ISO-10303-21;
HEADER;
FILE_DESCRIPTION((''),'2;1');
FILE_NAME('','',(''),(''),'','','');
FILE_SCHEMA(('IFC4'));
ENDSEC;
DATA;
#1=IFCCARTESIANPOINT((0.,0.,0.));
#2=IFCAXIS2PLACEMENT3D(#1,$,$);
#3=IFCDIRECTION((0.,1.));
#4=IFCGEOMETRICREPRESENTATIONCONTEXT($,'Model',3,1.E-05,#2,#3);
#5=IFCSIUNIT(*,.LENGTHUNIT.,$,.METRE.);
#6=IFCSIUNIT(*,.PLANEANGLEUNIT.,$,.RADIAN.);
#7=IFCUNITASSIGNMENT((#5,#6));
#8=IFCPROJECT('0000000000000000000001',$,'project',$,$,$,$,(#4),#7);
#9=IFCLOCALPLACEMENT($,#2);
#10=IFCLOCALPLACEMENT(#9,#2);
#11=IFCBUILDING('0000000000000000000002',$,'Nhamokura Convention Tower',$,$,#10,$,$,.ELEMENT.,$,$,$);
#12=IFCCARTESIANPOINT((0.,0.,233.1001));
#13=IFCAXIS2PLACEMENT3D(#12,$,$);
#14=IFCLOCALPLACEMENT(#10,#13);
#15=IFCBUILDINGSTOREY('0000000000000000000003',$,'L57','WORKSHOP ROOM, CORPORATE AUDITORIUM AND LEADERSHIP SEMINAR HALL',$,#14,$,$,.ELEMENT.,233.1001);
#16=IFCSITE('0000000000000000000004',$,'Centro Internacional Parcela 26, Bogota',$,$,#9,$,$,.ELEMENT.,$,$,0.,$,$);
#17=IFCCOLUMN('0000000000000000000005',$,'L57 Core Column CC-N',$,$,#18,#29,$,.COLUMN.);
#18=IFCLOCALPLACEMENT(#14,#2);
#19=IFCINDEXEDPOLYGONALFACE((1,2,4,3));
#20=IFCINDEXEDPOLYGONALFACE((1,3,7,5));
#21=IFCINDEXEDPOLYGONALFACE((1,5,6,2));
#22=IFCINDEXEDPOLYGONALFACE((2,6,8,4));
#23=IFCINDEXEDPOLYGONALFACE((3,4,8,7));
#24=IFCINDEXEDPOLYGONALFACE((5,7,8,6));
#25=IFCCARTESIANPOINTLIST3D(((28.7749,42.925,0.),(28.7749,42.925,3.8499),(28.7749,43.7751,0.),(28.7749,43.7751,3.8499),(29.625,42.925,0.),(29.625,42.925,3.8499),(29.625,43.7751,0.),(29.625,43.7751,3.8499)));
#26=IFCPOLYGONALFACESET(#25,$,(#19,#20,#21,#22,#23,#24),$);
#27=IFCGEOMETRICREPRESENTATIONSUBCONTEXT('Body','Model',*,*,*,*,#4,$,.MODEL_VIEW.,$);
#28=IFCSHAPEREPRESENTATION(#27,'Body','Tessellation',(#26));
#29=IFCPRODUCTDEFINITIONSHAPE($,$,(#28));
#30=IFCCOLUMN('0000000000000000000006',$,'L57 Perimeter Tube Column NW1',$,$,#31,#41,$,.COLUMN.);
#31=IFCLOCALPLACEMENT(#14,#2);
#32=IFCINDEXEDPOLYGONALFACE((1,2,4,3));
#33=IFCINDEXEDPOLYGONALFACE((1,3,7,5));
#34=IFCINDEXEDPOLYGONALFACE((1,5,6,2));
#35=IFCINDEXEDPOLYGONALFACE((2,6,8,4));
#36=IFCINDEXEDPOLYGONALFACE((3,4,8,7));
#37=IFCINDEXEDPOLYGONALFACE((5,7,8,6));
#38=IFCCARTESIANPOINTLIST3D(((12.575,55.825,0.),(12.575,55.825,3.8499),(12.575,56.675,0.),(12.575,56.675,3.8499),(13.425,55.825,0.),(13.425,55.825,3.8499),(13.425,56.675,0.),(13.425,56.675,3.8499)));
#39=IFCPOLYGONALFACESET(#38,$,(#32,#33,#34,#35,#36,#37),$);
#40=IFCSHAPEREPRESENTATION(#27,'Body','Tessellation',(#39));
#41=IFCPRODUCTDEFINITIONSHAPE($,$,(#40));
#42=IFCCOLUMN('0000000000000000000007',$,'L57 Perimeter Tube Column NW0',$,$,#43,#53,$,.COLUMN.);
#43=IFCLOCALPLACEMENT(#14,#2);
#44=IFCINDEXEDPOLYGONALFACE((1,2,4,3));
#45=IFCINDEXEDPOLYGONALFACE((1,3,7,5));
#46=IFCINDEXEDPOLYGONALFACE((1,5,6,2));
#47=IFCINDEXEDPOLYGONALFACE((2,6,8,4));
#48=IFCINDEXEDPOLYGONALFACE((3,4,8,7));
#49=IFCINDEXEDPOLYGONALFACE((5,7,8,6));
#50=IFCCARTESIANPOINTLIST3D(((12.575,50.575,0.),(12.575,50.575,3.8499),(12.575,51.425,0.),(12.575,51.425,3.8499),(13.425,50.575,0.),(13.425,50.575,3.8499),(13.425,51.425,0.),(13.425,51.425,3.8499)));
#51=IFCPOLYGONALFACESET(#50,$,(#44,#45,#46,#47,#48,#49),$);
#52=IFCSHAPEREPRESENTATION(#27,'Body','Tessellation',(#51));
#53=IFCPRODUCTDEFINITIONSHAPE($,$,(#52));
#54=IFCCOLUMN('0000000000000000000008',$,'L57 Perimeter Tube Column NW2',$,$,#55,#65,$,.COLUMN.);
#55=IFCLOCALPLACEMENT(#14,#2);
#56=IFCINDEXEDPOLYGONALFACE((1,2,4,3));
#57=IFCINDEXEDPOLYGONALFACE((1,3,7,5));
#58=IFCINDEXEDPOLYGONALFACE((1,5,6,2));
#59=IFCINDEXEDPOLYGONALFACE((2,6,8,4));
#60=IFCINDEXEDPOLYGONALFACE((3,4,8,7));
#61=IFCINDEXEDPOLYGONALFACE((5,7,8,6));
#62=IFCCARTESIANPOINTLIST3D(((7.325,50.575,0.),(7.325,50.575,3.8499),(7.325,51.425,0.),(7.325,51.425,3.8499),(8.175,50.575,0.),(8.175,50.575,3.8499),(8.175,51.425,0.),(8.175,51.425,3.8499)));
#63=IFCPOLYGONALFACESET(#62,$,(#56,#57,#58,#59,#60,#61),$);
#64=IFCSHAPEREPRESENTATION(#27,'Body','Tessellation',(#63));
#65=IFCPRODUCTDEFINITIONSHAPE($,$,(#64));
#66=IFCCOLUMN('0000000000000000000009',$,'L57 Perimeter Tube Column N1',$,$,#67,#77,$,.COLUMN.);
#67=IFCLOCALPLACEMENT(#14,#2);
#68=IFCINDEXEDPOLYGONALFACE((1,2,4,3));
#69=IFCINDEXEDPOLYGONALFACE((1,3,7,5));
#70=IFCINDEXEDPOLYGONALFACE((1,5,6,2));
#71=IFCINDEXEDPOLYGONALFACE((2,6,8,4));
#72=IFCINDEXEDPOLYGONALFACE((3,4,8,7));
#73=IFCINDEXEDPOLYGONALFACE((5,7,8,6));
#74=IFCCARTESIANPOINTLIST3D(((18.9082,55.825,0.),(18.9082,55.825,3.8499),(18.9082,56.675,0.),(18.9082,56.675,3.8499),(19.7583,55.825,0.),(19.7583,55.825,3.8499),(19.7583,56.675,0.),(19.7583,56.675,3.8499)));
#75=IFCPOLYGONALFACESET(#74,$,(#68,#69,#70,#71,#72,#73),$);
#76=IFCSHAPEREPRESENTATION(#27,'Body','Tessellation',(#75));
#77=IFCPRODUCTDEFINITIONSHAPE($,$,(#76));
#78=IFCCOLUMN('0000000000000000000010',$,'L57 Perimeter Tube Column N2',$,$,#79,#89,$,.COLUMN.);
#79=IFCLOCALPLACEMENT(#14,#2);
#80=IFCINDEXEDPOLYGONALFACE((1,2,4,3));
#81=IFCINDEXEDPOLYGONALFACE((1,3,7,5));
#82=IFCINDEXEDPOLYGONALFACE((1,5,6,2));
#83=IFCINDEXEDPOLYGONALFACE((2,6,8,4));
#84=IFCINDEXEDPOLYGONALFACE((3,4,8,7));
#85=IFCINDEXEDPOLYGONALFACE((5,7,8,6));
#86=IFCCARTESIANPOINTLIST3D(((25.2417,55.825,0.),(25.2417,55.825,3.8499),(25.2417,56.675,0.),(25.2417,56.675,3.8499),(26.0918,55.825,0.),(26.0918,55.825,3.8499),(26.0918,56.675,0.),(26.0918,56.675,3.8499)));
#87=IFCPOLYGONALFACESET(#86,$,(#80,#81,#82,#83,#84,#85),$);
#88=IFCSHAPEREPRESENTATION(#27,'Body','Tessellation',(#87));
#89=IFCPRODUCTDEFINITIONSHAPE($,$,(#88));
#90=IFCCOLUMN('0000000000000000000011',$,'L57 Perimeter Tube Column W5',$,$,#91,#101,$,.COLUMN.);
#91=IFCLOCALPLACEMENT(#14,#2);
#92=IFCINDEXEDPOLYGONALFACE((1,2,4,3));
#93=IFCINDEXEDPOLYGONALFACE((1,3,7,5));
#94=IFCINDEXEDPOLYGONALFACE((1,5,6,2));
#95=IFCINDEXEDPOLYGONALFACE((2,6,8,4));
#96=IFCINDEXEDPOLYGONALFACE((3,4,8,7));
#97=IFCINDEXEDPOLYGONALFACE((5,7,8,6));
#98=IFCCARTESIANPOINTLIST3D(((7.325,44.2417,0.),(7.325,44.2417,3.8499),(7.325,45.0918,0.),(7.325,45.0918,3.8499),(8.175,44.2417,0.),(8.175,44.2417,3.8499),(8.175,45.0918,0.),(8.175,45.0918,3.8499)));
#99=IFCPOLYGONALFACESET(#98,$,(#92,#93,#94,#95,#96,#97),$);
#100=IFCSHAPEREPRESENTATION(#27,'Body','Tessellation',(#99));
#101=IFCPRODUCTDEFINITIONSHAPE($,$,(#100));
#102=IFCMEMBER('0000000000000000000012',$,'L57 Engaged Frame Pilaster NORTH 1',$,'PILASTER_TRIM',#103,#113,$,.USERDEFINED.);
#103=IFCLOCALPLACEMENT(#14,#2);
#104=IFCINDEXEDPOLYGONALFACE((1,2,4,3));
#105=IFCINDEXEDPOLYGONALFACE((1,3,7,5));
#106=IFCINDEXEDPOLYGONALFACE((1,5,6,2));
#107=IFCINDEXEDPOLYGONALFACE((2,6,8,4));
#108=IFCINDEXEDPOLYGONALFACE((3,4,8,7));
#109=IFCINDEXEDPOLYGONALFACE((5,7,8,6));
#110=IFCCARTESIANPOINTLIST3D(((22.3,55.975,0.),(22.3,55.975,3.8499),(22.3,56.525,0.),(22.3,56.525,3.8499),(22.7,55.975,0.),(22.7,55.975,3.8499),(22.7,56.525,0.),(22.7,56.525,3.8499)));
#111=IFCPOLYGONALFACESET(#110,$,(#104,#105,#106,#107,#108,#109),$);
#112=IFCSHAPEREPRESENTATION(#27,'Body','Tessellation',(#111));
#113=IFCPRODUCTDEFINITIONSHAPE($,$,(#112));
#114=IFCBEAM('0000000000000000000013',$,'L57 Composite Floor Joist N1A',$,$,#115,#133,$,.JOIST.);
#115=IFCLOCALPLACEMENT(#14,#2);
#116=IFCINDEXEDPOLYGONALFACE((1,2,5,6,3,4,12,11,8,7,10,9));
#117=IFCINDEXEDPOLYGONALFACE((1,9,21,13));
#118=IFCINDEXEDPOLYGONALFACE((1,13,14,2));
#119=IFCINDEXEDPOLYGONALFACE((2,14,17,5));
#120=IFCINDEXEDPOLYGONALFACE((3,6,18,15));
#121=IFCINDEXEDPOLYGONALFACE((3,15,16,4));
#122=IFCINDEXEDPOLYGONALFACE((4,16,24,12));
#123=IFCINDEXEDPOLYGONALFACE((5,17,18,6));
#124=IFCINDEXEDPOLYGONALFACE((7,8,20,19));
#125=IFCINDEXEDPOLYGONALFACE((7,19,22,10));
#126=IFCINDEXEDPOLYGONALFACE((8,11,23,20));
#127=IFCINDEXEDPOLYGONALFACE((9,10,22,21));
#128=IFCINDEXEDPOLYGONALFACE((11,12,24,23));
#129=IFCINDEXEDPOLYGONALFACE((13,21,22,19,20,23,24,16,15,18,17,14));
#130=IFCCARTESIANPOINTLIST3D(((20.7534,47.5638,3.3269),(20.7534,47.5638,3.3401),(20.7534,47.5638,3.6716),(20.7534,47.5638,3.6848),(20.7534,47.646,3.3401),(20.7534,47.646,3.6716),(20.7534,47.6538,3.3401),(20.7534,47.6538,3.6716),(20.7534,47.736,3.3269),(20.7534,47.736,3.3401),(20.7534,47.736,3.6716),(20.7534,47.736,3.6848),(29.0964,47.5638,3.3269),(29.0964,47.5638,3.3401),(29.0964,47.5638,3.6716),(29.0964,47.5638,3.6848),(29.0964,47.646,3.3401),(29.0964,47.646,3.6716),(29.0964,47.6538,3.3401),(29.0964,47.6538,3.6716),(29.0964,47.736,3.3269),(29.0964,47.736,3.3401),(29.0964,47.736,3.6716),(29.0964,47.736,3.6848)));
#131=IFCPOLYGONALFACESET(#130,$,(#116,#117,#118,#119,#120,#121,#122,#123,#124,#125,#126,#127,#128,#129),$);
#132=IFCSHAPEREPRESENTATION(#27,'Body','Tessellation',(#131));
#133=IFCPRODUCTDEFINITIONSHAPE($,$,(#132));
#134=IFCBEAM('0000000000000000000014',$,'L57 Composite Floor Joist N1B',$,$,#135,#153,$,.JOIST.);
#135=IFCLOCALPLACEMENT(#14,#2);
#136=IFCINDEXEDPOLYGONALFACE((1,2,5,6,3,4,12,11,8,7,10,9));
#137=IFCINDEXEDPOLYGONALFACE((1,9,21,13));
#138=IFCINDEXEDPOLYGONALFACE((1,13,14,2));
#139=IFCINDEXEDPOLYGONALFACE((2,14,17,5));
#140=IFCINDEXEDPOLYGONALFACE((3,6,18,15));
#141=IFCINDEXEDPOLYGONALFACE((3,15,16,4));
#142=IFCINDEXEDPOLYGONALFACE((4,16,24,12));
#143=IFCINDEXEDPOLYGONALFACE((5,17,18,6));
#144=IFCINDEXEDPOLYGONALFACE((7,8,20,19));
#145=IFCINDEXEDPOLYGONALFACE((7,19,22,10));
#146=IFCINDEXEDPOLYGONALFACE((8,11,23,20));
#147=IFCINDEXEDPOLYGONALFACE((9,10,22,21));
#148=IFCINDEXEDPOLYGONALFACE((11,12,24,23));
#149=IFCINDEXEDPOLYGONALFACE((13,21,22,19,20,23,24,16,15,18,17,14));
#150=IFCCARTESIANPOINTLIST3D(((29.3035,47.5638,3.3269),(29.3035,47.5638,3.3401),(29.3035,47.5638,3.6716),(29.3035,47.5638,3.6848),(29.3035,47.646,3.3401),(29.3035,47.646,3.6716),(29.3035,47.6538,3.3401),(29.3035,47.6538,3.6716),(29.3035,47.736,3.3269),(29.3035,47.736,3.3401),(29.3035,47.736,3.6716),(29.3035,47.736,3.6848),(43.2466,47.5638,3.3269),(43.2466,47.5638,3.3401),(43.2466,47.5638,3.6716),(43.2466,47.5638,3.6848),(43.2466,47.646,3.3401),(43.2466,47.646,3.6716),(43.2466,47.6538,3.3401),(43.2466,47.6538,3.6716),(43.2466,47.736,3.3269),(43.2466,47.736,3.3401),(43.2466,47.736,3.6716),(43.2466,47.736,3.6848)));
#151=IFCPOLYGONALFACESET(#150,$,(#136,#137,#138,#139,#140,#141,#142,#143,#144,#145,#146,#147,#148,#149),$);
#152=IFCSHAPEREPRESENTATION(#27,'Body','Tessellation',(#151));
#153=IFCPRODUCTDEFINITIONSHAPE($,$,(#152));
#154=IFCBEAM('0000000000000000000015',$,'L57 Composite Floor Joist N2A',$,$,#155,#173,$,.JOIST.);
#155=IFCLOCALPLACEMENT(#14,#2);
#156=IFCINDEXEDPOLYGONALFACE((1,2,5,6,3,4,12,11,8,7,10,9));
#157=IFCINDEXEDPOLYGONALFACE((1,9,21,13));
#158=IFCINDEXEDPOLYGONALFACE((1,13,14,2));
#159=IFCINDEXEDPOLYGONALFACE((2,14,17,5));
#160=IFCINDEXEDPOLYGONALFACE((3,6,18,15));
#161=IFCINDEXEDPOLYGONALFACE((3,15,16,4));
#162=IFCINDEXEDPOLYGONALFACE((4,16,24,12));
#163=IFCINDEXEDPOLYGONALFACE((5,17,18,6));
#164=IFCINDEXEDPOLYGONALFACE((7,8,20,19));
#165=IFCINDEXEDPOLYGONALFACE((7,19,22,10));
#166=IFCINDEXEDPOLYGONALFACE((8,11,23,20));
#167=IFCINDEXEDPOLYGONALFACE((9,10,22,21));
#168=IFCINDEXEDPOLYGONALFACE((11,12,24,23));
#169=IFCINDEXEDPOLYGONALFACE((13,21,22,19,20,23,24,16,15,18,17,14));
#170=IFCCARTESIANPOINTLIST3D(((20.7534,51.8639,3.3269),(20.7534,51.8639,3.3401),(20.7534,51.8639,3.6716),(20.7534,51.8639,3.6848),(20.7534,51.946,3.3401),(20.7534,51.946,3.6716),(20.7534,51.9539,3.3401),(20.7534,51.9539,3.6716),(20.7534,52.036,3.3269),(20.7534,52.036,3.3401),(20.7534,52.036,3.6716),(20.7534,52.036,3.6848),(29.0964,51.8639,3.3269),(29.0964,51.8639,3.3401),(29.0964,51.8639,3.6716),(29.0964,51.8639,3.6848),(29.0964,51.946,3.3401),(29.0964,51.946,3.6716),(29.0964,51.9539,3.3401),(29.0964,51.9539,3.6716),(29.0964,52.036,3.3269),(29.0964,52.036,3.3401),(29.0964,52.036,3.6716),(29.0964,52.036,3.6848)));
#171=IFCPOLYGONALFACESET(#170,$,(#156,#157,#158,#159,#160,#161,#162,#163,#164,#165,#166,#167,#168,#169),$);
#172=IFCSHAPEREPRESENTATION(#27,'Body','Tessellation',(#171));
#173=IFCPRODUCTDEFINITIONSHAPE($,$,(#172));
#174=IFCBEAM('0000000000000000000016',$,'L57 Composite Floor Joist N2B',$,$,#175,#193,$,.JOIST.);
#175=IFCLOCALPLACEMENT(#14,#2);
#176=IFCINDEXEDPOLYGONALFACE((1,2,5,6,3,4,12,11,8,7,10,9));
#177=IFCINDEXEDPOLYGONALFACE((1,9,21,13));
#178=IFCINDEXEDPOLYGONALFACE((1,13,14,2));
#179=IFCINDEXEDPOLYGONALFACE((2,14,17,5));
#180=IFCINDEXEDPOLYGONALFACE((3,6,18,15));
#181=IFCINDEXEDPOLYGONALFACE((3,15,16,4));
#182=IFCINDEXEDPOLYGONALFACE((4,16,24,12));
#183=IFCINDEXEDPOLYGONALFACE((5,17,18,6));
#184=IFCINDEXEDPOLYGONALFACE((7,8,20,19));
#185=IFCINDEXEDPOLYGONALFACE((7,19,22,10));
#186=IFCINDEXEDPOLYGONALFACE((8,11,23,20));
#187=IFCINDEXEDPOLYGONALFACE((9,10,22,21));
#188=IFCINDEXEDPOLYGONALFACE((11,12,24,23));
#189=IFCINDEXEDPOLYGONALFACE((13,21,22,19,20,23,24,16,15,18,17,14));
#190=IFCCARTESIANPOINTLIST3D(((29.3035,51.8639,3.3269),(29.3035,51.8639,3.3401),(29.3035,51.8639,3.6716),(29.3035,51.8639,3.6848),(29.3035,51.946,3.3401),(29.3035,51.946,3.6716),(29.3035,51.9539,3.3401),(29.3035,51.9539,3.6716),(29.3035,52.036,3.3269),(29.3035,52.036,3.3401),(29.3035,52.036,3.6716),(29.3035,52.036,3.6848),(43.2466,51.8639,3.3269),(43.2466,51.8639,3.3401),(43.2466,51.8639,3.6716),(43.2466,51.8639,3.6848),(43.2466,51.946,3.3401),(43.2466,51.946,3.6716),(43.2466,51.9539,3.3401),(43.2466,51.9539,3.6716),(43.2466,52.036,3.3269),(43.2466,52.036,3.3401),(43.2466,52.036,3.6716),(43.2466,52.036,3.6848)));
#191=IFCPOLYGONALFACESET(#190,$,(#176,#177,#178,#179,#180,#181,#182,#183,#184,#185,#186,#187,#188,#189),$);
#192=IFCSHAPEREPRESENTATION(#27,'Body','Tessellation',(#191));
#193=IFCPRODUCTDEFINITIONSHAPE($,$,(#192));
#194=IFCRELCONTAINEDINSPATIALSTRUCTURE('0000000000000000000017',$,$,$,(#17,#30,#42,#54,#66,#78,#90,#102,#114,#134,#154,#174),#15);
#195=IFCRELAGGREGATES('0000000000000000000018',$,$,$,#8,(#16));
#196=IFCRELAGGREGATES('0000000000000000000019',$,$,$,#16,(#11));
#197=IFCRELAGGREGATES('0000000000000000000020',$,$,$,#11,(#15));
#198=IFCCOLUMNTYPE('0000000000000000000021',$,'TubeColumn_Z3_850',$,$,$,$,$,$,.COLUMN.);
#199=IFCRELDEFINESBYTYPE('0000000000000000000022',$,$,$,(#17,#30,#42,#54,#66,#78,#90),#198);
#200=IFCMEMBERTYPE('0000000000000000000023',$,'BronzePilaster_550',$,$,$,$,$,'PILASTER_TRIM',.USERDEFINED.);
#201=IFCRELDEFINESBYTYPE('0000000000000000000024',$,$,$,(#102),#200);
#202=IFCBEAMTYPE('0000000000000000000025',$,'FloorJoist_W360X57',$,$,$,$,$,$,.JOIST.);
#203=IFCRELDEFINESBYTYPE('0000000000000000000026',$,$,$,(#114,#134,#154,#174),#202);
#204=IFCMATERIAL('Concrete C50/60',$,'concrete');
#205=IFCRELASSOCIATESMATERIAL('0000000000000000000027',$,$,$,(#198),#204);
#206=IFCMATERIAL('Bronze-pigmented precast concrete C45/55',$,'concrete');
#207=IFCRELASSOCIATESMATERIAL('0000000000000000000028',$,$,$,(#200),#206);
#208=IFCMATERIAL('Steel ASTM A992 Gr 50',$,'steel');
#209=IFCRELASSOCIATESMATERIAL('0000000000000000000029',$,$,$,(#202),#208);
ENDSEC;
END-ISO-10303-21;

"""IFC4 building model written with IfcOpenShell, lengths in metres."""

from ifc_helpers import new_model, si_unit, direction, frame, origin, origin_2d, place, context, subcontext, project, spatial, rectangle, i_section, extrude, material, material_profile, profile_set, type_object, element, save


model = new_model("IFC4")

# Units and contexts
model_context = context("Model", 3, precision=1e-05, world=origin(), true_north=direction((0.0, 1.0)))
body_context = subcontext(model_context, "Body", "Model", "MODEL_VIEW")
ifc_project = project(units=[si_unit("LENGTHUNIT", "METRE"), si_unit("PLANEANGLEUNIT", "RADIAN")], contexts=[model_context])

# Site, building, storey
site_placement = place(None, origin())
site = spatial("IfcSite", under=ifc_project, at=site_placement, Name="Centro Internacional Parcela 26, Bogota", CompositionType="ELEMENT", RefElevation=0.0)
building_placement = place(site_placement, origin())
building = spatial("IfcBuilding", under=site, at=building_placement, Name="Nhamokura Convention Tower", CompositionType="ELEMENT")
storey_placement = place(building_placement, frame((0.0, 0.0, 233.1001)))
storey = spatial("IfcBuildingStorey", under=building, at=storey_placement, Name="L57", Description="WORKSHOP ROOM, CORPORATE AUDITORIUM AND LEADERSHIP SEMINAR HALL", CompositionType="ELEMENT", Elevation=233.1001)

# Columns
ifc_material_1 = material(Name="Concrete C50/60", Category="concrete")
ifc_material_profile_1 = material_profile(ifc_material_1, rectangle(XDim=0.8501, YDim=0.8501, at=origin_2d()))
ifc_profile_set_1 = profile_set([ifc_material_profile_1], Name="Concrete C50/60")
column_type = type_object("IfcColumnType", Name="TubeColumn_Z3_850", PredefinedType="COLUMN", material=ifc_profile_set_1)
for number, where, z_axis, x_axis, name in (
    (1, (29.2, 43.3501, 0.0), (0.0, 0.0, 1.0), (1.0, 0.0, 0.0), "L57 Core Column CC-N"),
    (2, (13.0, 56.25, 0.0), (0.0, 0.0, 1.0), (1.0, 0.0, 0.0), "L57 Perimeter Tube Column NW1"),
    (3, (13.0, 51.0, 0.0), (0.0, 0.0, 1.0), (1.0, 0.0, 0.0), "L57 Perimeter Tube Column NW0"),
    (4, (7.75, 51.0, 0.0), (0.0, 0.0, 1.0), (1.0, 0.0, 0.0), "L57 Perimeter Tube Column NW2"),
    (5, (19.3333, 56.25, 0.0), (0.0, 0.0, 1.0), (1.0, 0.0, 0.0), "L57 Perimeter Tube Column N1"),
    (6, (25.6667, 56.25, 0.0), (0.0, 0.0, 1.0), (1.0, 0.0, 0.0), "L57 Perimeter Tube Column N2"),
    (7, (7.75, 44.6667, 0.0), (0.0, 0.0, 1.0), (1.0, 0.0, 0.0), "L57 Perimeter Tube Column W5"),
):
    element("IfcColumn", number, at=place(storey_placement, frame(where, z_axis=z_axis, x_axis=x_axis)), inside=storey, type_object=column_type, Name=name, PredefinedType="COLUMN", context=body_context, shape_type="SweptSolid", body=[
        extrude(rectangle(XDim=0.8501, YDim=0.8501, at=origin_2d()), origin(), (0.0, 0.0, 1.0), 3.8499),
    ])

# Member
ifc_material_2 = material(Name="Bronze-pigmented precast concrete C45/55", Category="concrete")
ifc_material_profile_2 = material_profile(ifc_material_2, rectangle(XDim=0.3999, YDim=0.55, at=origin_2d()))
ifc_profile_set_2 = profile_set([ifc_material_profile_2], Name="Bronze-pigmented precast concrete C45/55")
member_type_1 = type_object("IfcMemberType", Name="BronzePilaster_550", ElementType="PILASTER_TRIM", PredefinedType="USERDEFINED", material=ifc_profile_set_2)
member_placement = place(storey_placement, frame((22.5, 56.25, 0.0), z_axis=(0.0, 0.0, 1.0), x_axis=(1.0, 0.0, 0.0)))
element("IfcMember", 8, at=member_placement, inside=storey, type_object=member_type_1, Name="L57 Engaged Frame Pilaster NORTH 1", ObjectType="PILASTER_TRIM", PredefinedType="USERDEFINED", context=body_context, shape_type="SweptSolid", body=[
    extrude(rectangle(XDim=0.3999, YDim=0.55, at=origin_2d()), origin(), (0.0, 0.0, 1.0), 3.8499),
])

# Beams
ifc_material_3 = material(Name="Steel ASTM A992 Gr 50", Category="steel")
ifc_material_profile_3 = material_profile(ifc_material_3, i_section(OverallWidth=0.1721, OverallDepth=0.3579, WebThickness=0.0078, FlangeThickness=0.0132, at=origin_2d()))
ifc_profile_set_3 = profile_set([ifc_material_profile_3], Name="Steel ASTM A992 Gr 50")
beam_type_1 = type_object("IfcBeamType", Name="FloorJoist_W360X57", PredefinedType="JOIST", material=ifc_profile_set_3)
beam_1_placement = place(storey_placement, frame((20.7534, 47.6499, 3.5059), z_axis=(1.0, 0.0, 0.0), x_axis=(0.0, 1.0, 0.0)))
element("IfcBeam", 9, at=beam_1_placement, inside=storey, type_object=beam_type_1, Name="L57 Composite Floor Joist N1A", PredefinedType="JOIST", context=body_context, shape_type="SweptSolid", body=[
    extrude(i_section(OverallWidth=0.1721, OverallDepth=0.3579, WebThickness=0.0078, FlangeThickness=0.0132, at=origin_2d()), origin(), (0.0, 0.0, 1.0), 8.343),
])
beam_2_placement = place(storey_placement, frame((29.3035, 47.6499, 3.5059), z_axis=(1.0, 0.0, 0.0), x_axis=(0.0, 1.0, 0.0)))
element("IfcBeam", 10, at=beam_2_placement, inside=storey, type_object=beam_type_1, Name="L57 Composite Floor Joist N1B", PredefinedType="JOIST", context=body_context, shape_type="SweptSolid", body=[
    extrude(i_section(OverallWidth=0.1721, OverallDepth=0.3579, WebThickness=0.0078, FlangeThickness=0.0132, at=origin_2d()), origin(), (0.0, 0.0, 1.0), 13.9431),
])
beam_3_placement = place(storey_placement, frame((20.7534, 51.95, 3.5059), z_axis=(1.0, 0.0, 0.0), x_axis=(0.0, 1.0, 0.0)))
element("IfcBeam", 11, at=beam_3_placement, inside=storey, type_object=beam_type_1, Name="L57 Composite Floor Joist N2A", PredefinedType="JOIST", context=body_context, shape_type="SweptSolid", body=[
    extrude(i_section(OverallWidth=0.1721, OverallDepth=0.3579, WebThickness=0.0078, FlangeThickness=0.0132, at=origin_2d()), origin(), (0.0, 0.0, 1.0), 8.343),
])
beam_4_placement = place(storey_placement, frame((29.3035, 51.95, 3.5059), z_axis=(1.0, 0.0, 0.0), x_axis=(0.0, 1.0, 0.0)))
element("IfcBeam", 12, at=beam_4_placement, inside=storey, type_object=beam_type_1, Name="L57 Composite Floor Joist N2B", PredefinedType="JOIST", context=body_context, shape_type="SweptSolid", body=[
    extrude(i_section(OverallWidth=0.1721, OverallDepth=0.3579, WebThickness=0.0078, FlangeThickness=0.0132, at=origin_2d()), origin(), (0.0, 0.0, 1.0), 13.9431),
])

save(model, "model.ifc")
